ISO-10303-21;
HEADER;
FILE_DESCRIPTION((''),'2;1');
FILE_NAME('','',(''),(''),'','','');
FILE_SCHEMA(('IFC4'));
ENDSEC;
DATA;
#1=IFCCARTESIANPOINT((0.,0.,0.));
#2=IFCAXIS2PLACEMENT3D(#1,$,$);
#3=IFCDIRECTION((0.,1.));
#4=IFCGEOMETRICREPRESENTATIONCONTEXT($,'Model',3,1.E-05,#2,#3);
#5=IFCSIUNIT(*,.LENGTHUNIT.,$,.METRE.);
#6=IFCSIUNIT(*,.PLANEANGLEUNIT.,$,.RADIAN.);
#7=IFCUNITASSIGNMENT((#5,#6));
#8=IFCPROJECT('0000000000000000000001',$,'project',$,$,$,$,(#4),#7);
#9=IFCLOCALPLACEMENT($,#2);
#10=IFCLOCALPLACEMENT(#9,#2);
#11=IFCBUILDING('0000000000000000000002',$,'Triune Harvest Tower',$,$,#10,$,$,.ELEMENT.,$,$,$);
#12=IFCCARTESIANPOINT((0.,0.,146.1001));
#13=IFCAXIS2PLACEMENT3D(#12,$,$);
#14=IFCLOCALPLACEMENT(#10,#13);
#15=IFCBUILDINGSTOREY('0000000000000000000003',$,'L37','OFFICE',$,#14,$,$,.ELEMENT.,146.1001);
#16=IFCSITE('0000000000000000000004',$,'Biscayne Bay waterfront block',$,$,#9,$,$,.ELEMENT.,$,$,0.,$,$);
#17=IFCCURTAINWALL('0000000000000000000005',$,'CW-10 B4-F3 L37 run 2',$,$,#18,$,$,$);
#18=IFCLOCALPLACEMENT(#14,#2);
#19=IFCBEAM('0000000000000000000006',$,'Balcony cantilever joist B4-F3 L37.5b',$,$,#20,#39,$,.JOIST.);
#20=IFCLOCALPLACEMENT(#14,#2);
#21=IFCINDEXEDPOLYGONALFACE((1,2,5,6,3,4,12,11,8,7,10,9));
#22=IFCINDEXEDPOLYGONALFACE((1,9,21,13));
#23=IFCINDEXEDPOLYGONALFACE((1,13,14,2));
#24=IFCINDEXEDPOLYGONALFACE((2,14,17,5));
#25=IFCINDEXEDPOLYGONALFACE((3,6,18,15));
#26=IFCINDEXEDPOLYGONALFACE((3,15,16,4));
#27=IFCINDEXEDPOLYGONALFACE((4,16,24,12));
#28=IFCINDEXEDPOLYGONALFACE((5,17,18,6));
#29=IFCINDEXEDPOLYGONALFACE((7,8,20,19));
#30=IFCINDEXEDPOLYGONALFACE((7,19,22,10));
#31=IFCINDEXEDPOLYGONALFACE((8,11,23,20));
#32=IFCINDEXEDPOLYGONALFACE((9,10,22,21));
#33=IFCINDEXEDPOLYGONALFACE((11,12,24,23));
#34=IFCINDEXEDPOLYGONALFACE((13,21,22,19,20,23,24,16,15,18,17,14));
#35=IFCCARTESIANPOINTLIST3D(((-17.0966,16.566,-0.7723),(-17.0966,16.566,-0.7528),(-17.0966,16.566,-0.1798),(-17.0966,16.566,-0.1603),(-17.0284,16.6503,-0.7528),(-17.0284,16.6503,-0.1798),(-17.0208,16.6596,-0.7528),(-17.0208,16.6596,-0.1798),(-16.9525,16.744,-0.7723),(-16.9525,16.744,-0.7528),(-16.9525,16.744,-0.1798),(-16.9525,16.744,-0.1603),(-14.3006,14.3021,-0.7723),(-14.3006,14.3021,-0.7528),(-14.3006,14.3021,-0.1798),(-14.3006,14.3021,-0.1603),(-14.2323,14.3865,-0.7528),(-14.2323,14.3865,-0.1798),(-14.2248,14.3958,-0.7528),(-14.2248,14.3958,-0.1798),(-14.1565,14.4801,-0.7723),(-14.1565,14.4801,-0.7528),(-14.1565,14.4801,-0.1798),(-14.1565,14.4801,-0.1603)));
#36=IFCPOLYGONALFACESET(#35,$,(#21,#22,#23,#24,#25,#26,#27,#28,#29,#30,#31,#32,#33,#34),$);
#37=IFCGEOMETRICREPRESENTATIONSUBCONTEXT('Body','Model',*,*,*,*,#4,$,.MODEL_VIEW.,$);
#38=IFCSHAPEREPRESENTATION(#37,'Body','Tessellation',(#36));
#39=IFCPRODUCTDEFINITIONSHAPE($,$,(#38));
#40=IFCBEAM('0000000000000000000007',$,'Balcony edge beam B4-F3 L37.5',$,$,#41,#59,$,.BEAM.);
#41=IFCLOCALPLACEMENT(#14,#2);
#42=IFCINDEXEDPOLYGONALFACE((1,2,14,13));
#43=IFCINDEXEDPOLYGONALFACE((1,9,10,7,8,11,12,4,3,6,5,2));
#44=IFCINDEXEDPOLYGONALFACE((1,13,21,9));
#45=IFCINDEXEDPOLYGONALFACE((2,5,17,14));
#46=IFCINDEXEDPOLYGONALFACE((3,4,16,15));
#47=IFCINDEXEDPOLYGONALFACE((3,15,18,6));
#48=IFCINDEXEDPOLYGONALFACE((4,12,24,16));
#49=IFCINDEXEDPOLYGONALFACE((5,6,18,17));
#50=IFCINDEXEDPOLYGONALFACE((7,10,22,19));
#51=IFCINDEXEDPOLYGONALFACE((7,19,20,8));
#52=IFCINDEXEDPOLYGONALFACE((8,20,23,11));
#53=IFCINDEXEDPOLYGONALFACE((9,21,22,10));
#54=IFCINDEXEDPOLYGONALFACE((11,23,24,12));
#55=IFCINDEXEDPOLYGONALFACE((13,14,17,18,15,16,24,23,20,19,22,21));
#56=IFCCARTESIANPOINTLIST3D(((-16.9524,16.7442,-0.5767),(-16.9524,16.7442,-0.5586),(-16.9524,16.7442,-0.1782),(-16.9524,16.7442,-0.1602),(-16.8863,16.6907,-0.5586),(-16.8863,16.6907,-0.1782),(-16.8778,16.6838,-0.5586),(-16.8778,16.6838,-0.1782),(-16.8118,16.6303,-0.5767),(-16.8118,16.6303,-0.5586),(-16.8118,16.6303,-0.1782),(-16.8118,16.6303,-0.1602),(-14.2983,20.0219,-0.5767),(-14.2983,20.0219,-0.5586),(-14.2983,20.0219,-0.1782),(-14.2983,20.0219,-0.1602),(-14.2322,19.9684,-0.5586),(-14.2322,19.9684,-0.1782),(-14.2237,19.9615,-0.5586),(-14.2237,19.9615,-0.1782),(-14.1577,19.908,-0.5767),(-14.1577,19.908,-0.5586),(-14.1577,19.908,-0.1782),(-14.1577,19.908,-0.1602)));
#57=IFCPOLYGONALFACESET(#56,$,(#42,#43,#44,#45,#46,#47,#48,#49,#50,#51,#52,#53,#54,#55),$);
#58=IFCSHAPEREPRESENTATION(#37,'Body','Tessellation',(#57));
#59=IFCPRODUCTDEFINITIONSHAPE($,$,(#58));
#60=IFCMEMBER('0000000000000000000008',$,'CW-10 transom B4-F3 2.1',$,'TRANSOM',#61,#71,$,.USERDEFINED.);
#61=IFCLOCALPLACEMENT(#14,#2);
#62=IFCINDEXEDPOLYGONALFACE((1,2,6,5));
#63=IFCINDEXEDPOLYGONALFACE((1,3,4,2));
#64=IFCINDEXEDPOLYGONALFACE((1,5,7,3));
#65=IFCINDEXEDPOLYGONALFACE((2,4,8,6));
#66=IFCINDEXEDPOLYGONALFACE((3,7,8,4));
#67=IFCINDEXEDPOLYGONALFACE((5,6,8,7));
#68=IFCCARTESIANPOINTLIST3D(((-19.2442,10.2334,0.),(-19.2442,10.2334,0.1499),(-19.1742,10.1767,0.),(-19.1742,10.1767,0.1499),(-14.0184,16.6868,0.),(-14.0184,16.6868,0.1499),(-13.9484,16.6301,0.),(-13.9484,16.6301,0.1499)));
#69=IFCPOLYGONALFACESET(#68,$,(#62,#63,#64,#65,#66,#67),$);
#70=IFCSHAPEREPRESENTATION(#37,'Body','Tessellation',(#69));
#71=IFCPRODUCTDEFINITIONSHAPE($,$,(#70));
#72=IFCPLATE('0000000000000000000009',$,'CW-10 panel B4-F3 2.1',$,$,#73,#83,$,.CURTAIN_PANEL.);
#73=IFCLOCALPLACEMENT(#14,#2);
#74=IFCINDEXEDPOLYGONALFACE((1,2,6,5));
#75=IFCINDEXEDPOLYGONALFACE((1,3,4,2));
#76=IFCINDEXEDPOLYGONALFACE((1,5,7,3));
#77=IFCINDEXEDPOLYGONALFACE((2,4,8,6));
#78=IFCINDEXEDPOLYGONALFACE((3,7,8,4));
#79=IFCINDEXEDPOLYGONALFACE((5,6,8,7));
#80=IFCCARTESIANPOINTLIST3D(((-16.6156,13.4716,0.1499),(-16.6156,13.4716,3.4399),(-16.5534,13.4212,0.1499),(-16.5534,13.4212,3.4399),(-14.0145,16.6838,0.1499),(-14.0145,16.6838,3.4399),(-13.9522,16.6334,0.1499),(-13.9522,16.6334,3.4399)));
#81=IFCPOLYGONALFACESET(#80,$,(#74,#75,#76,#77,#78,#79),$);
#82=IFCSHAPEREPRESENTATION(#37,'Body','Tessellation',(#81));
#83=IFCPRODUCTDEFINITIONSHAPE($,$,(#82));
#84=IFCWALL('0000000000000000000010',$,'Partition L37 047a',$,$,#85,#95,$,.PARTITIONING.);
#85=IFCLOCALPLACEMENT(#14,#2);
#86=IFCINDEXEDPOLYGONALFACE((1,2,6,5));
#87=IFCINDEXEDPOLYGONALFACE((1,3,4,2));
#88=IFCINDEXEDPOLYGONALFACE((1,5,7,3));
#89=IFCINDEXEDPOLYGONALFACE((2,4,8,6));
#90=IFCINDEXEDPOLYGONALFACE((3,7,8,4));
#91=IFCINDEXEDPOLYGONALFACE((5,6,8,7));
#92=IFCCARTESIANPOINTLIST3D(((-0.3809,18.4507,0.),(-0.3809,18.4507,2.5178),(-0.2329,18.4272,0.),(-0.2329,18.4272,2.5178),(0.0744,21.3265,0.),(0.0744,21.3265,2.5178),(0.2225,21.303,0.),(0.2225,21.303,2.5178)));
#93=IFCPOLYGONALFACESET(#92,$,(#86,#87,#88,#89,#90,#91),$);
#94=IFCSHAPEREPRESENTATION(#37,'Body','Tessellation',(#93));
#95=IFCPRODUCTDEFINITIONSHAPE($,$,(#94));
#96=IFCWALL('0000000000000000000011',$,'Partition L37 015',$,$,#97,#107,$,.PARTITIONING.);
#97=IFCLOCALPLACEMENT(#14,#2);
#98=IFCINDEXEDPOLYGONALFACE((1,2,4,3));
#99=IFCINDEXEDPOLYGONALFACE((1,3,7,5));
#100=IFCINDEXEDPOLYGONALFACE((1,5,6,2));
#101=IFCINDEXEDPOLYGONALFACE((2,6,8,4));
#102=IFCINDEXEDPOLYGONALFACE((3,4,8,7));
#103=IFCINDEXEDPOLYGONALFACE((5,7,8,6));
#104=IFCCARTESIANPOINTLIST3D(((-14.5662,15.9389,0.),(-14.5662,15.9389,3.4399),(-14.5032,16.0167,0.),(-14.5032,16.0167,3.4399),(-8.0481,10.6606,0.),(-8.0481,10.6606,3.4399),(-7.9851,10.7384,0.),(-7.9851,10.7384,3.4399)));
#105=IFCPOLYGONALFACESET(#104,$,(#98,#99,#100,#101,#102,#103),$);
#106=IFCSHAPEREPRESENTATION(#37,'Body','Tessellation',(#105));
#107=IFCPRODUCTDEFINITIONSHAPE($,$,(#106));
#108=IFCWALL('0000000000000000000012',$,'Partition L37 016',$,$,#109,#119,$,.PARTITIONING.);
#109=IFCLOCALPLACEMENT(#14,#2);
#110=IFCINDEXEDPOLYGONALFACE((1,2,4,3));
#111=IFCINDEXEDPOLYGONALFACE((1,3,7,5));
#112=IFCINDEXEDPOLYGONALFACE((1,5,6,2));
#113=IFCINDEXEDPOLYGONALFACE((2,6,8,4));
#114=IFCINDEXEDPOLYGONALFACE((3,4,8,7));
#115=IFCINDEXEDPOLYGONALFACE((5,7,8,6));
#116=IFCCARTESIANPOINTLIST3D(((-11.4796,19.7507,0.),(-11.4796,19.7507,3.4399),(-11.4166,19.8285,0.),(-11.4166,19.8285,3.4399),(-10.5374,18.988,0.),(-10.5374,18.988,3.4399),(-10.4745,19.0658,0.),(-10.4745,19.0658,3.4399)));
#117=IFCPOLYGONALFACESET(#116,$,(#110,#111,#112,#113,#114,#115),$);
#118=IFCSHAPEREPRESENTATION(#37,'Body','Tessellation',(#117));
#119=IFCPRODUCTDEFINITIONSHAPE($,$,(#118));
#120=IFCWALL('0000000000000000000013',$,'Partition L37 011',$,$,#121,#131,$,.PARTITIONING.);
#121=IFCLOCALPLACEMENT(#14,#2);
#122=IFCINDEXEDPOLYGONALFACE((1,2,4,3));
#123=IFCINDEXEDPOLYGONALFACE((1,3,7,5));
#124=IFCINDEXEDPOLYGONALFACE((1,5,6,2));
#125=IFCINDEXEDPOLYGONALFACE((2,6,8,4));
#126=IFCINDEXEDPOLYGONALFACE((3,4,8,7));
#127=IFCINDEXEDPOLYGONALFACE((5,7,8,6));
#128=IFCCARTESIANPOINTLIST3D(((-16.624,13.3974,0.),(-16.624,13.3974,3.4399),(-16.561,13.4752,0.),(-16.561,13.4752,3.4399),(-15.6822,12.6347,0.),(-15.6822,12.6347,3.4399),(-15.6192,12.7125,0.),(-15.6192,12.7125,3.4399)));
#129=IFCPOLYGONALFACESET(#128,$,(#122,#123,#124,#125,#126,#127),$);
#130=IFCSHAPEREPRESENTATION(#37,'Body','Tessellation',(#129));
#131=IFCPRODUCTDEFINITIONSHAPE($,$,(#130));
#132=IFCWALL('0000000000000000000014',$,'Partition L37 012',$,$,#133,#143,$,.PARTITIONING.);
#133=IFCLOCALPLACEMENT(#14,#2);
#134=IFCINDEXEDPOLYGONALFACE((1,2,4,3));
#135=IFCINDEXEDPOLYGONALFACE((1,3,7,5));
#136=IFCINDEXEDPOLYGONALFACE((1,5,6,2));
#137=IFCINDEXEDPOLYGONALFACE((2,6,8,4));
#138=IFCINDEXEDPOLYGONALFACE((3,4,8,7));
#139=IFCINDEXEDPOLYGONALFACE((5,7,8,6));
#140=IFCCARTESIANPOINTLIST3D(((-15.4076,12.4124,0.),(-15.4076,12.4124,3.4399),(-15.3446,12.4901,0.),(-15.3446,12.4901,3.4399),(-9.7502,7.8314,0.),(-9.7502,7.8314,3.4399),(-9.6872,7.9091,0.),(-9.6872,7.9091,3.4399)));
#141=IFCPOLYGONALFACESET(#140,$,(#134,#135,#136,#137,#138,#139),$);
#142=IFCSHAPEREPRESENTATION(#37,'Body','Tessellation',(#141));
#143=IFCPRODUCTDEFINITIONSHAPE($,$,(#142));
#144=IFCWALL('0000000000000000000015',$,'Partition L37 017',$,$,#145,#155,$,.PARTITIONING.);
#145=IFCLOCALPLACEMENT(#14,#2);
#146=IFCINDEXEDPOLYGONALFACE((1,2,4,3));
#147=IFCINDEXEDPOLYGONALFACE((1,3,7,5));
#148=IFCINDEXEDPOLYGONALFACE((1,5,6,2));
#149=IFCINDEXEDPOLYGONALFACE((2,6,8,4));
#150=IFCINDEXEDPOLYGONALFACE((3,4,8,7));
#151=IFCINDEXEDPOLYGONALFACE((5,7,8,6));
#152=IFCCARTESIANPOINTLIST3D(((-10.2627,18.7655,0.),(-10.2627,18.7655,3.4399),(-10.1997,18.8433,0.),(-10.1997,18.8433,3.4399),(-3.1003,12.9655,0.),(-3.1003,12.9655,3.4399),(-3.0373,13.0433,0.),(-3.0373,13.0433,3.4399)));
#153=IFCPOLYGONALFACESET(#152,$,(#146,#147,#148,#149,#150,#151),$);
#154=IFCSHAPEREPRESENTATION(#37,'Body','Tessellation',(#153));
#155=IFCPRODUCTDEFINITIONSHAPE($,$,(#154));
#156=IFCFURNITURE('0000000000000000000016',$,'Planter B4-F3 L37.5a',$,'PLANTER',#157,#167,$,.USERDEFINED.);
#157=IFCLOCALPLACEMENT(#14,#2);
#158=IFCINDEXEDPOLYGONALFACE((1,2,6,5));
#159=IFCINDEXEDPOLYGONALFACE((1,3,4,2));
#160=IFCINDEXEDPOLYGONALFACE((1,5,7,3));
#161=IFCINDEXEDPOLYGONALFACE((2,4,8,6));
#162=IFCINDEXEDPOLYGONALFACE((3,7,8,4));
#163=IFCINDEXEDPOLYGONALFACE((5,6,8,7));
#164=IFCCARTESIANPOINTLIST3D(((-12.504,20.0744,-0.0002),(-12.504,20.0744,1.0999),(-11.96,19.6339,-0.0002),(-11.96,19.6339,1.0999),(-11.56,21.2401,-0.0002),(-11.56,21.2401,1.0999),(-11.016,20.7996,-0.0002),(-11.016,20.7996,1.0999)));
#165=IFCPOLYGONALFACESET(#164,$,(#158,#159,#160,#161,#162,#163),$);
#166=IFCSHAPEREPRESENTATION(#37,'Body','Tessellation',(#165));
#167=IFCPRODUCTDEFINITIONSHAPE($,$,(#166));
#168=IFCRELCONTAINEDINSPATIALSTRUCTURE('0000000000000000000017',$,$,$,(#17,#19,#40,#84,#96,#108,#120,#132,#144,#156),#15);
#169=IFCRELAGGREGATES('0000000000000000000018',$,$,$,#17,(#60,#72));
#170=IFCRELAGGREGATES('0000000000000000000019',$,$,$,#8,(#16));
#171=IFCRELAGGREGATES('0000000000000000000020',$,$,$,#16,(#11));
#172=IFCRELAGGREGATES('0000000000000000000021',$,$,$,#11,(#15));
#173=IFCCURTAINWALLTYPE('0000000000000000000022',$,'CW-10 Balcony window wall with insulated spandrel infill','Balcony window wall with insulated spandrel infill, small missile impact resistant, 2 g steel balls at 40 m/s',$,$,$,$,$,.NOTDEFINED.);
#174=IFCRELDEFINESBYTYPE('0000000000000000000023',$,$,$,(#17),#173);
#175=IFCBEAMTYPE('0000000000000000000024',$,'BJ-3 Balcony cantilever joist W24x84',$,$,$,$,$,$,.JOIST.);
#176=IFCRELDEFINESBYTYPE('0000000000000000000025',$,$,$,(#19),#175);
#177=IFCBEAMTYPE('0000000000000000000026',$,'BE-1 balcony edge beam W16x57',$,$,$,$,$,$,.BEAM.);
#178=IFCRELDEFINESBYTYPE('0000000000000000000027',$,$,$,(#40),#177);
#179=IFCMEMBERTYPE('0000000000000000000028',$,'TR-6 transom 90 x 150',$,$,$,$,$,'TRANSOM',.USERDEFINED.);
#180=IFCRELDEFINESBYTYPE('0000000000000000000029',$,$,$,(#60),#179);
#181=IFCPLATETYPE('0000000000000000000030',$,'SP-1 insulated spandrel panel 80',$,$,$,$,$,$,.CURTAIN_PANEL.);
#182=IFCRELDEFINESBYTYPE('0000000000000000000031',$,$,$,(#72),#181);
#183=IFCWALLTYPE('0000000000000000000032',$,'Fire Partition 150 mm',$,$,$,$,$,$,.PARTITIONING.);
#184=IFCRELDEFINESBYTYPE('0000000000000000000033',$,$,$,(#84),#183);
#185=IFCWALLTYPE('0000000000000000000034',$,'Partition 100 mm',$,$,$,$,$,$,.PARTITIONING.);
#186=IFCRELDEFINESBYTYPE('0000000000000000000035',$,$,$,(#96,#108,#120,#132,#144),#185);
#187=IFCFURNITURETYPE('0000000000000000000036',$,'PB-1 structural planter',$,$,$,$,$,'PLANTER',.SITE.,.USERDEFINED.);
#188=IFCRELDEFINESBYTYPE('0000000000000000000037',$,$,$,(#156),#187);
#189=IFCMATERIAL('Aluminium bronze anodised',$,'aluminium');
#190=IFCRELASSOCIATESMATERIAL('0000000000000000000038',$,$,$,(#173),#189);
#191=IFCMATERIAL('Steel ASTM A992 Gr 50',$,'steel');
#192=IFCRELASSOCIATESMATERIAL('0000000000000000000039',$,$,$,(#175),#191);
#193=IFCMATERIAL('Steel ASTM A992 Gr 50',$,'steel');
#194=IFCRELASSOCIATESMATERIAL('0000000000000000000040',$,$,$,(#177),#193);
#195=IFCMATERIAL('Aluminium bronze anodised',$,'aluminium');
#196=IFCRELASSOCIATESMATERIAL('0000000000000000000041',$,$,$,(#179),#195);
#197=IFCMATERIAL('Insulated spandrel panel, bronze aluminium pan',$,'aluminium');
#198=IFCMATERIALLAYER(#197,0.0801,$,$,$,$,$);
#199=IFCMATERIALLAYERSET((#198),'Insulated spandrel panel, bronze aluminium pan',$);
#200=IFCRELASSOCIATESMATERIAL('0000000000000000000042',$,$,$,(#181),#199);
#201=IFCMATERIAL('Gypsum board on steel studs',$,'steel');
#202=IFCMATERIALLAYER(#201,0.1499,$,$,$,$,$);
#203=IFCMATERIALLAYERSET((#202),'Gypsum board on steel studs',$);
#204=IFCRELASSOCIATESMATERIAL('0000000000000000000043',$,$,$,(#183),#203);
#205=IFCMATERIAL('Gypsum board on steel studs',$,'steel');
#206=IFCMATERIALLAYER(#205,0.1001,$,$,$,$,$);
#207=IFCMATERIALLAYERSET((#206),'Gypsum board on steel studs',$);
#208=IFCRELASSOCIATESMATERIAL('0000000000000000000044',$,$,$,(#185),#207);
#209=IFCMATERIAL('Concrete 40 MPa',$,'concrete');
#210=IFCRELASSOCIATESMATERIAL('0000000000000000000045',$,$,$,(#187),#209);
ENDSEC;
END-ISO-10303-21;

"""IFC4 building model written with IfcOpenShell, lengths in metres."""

from ifc_helpers import new_model, si_unit, direction, frame, frame_2d, origin, origin_2d, place, context, subcontext, project, spatial, rectangle, i_section, extrude, source, transform, mapped, material, layer, layer_set, material_profile, profile_set, type_object, element, aggregate, save


model = new_model("IFC4")

# Units and contexts
model_context = context("Model", 3, precision=1e-05, world=origin(), true_north=direction((0.0, 1.0)))
body_context = subcontext(model_context, "Body", "Model", "MODEL_VIEW")
ifc_project = project(units=[si_unit("LENGTHUNIT", "METRE"), si_unit("PLANEANGLEUNIT", "RADIAN")], contexts=[model_context])

# Site, building, storey
site_placement = place(None, origin())
site = spatial("IfcSite", under=ifc_project, at=site_placement, Name="Biscayne Bay waterfront block", CompositionType="ELEMENT", RefElevation=0.0)
building_placement = place(site_placement, origin())
building = spatial("IfcBuilding", under=site, at=building_placement, Name="Triune Harvest Tower", CompositionType="ELEMENT")
storey_placement = place(building_placement, frame((0.0, 0.0, 146.1001)))
storey = spatial("IfcBuildingStorey", under=building, at=storey_placement, Name="L37", Description="OFFICE", CompositionType="ELEMENT", Elevation=146.1001)

# Curtain wall
ifc_material_1 = material(Name="Aluminium bronze anodised", Category="aluminium")
curtain_wall_type = type_object("IfcCurtainWallType", Name="CW-10 Balcony window wall with insulated spandrel infill", Description="Balcony window wall with insulated spandrel infill, small missile impact resistant, 2 g steel balls at 40 m/s", PredefinedType="NOTDEFINED", material=ifc_material_1)
curtain_wall_1_placement = place(storey_placement, origin())
curtain_wall_1 = element("IfcCurtainWall", 1, at=curtain_wall_1_placement, inside=storey, type_object=curtain_wall_type, Name="CW-10 B4-F3 L37 run 2")

# Beams
ifc_material_2 = material(Name="Steel ASTM A992 Gr 50", Category="steel")
ifc_material_profile_1 = material_profile(ifc_material_2, i_section(OverallWidth=0.229, OverallDepth=0.6121, WebThickness=0.012, FlangeThickness=0.0195, at=origin_2d()), Name="W24x84")
ifc_profile_set_1 = profile_set([ifc_material_profile_1], Name="Steel ASTM A992 Gr 50")
beam_type_1 = type_object("IfcBeamType", Name="BJ-3 Balcony cantilever joist W24x84", PredefinedType="JOIST", material=ifc_profile_set_1)
shared_shape_1 = source(origin(), body_context, "Body", "SweptSolid", [
    extrude(i_section(OverallWidth=0.229, OverallDepth=0.6121, WebThickness=0.012, FlangeThickness=0.0195, at=origin_2d()), origin(), (0.0, 0.0, 1.0), 3.5977),
])
beam_1_placement = place(storey_placement, frame((-14.2285, 14.3911, -0.4663), z_axis=(-0.777194, 0.629261, 0.0), x_axis=(-0.629261, -0.777194, 0.0)))
element("IfcBeam", 2, at=beam_1_placement, inside=storey, type_object=beam_type_1, Name="Balcony cantilever joist B4-F3 L37.5b", PredefinedType="JOIST", context=body_context, shape_type="MappedRepresentation", body=[
    mapped(shared_shape_1, transform((0.0, 0.0, 0.0), scale=1.0)),
])
ifc_material_3 = material(Name="Steel ASTM A992 Gr 50", Category="steel")
ifc_material_profile_2 = material_profile(ifc_material_3, i_section(OverallWidth=0.1809, OverallDepth=0.4165, WebThickness=0.011, FlangeThickness=0.0181, at=origin_2d()), Name="W16x57")
ifc_profile_set_2 = profile_set([ifc_material_profile_2], Name="Steel ASTM A992 Gr 50")
beam_type_2 = type_object("IfcBeamType", Name="BE-1 balcony edge beam W16x57", PredefinedType="BEAM", material=ifc_profile_set_2)
shared_shape_2 = source(origin(), body_context, "Body", "SweptSolid", [
    extrude(i_section(OverallWidth=0.1809, OverallDepth=0.4165, WebThickness=0.011, FlangeThickness=0.0181, at=origin_2d()), origin(), (0.0, 0.0, 1.0), 4.2175),
])
beam_2_placement = place(storey_placement, frame((-16.8821, 16.6873, -0.3684), z_axis=(0.629308, 0.777156, 0.0), x_axis=(-0.777156, 0.629308, 0.0)))
element("IfcBeam", 3, at=beam_2_placement, inside=storey, type_object=beam_type_2, Name="Balcony edge beam B4-F3 L37.5", PredefinedType="BEAM", context=body_context, shape_type="MappedRepresentation", body=[
    mapped(shared_shape_2, transform((0.0, 0.0, 0.0), scale=1.0)),
])

# Member
ifc_material_4 = material(Name="Aluminium bronze anodised", Category="aluminium")
ifc_material_profile_3 = material_profile(ifc_material_4, rectangle(XDim=0.0901, YDim=0.1499, at=origin_2d()), Name="TR-6 transom 90 x 150")
ifc_profile_set_3 = profile_set([ifc_material_profile_3], Name="Aluminium bronze anodised")
member_type_1 = type_object("IfcMemberType", Name="TR-6 transom 90 x 150", ElementType="TRANSOM", PredefinedType="USERDEFINED", material=ifc_profile_set_3)
shared_shape_3 = source(origin(), body_context, "Body", "SweptSolid", [
    extrude(rectangle(XDim=0.0901, YDim=0.1499, at=origin_2d()), origin(), (0.0, 0.0, 1.0), 8.304),
])
member_1_placement = place(storey_placement, frame((-13.9834, 16.6584, 0.075), z_axis=(-0.62932, -0.777146, 0.0), x_axis=(0.777146, -0.62932, 0.0)))
member_1 = element("IfcMember", 4, at=member_1_placement, type_object=member_type_1, Name="CW-10 transom B4-F3 2.1", ObjectType="TRANSOM", PredefinedType="USERDEFINED", context=body_context, shape_type="MappedRepresentation", body=[
    mapped(shared_shape_3, transform((0.0, 0.0, 0.0), scale=1.0)),
])

# Plate
ifc_material_5 = material(Name="Insulated spandrel panel, bronze aluminium pan", Category="aluminium")
ifc_layer_1 = layer(ifc_material_5, 0.0801)
ifc_layer_set_1 = layer_set([ifc_layer_1], Name="Insulated spandrel panel, bronze aluminium pan")
plate_type = type_object("IfcPlateType", Name="SP-1 insulated spandrel panel 80", PredefinedType="CURTAIN_PANEL", material=ifc_layer_set_1)
shared_shape_4 = source(origin(), body_context, "Body", "SweptSolid", [
    extrude(rectangle(XDim=4.1333, YDim=0.0801, at=origin_2d()), origin(), (0.0, 0.0, 1.0), 3.29),
])
plate_placement = place(storey_placement, frame((-15.2839, 15.0525, 0.1499), z_axis=(0.0, 0.0, 1.0), x_axis=(-0.629322, -0.777145, 0.0)))
plate = element("IfcPlate", 5, at=plate_placement, type_object=plate_type, Name="CW-10 panel B4-F3 2.1", PredefinedType="CURTAIN_PANEL", context=body_context, shape_type="MappedRepresentation", body=[
    mapped(shared_shape_4, transform((0.0, 0.0, 0.0), scale=1.0)),
])
aggregate(curtain_wall_1, [member_1, plate])

# Walls
ifc_material_6 = material(Name="Gypsum board on steel studs", Category="steel")
ifc_layer_2 = layer(ifc_material_6, 0.1499)
ifc_layer_set_2 = layer_set([ifc_layer_2], Name="Gypsum board on steel studs")
wall_type_1 = type_object("IfcWallType", Name="Fire Partition 150 mm", PredefinedType="PARTITIONING", material=ifc_layer_set_2)
wall_1_placement = place(storey_placement, frame((-0.3069, 18.439, 0.0), z_axis=(0.0, 0.0, 1.0), x_axis=(0.156385, 0.987696, 0.0)))
element("IfcWall", 6, at=wall_1_placement, inside=storey, type_object=wall_type_1, Name="Partition L37 047a", PredefinedType="PARTITIONING", context=body_context, shape_type="SweptSolid", body=[
    extrude(rectangle(XDim=2.9116, YDim=0.1499, at=frame_2d((1.4558, 0.0))), origin(), (0.0, 0.0, 1.0), 2.5178),
])
ifc_material_7 = material(Name="Gypsum board on steel studs", Category="steel")
ifc_layer_3 = layer(ifc_material_7, 0.1001)
ifc_layer_set_3 = layer_set([ifc_layer_3], Name="Gypsum board on steel studs")
wall_type_2 = type_object("IfcWallType", Name="Partition 100 mm", PredefinedType="PARTITIONING", material=ifc_layer_set_3)
wall_2_placement = place(storey_placement, frame((-14.5347, 15.9778, 0.0), z_axis=(0.0, 0.0, 1.0), x_axis=(0.77714, -0.629327, 0.0)))
element("IfcWall", 7, at=wall_2_placement, inside=storey, type_object=wall_type_2, Name="Partition L37 015", PredefinedType="PARTITIONING", context=body_context, shape_type="SweptSolid", body=[
    extrude(rectangle(XDim=8.3872, YDim=0.1001, at=frame_2d((4.1936, 0.0))), origin(), (0.0, 0.0, 1.0), 3.4399),
])

# Walls
shared_shape_5 = source(origin(), body_context, "Body", "SweptSolid", [
    extrude(rectangle(XDim=1.2122, YDim=0.1001, at=frame_2d((0.606, 0.0))), origin(), (0.0, 0.0, 1.0), 3.4399),
])
wall_3_placement = place(storey_placement, frame((-11.448, 19.7896, 0.0), z_axis=(0.0, 0.0, 1.0), x_axis=(0.77724, -0.629204, 0.0)))
element("IfcWall", 8, at=wall_3_placement, inside=storey, type_object=wall_type_2, Name="Partition L37 016", PredefinedType="PARTITIONING", context=body_context, shape_type="MappedRepresentation", body=[
    mapped(shared_shape_5, transform((0.0, 0.0, 0.0), scale=1.0)),
])
shared_shape_6 = source(origin(), body_context, "Body", "SweptSolid", [
    extrude(rectangle(XDim=1.2119, YDim=0.1001, at=frame_2d((0.606, 0.0))), origin(), (0.0, 0.0, 1.0), 3.4399),
])
wall_4_placement = place(storey_placement, frame((-16.5925, 13.4363, 0.0), z_axis=(0.0, 0.0, 1.0), x_axis=(0.77716, -0.629303, 0.0)))
element("IfcWall", 9, at=wall_4_placement, inside=storey, type_object=wall_type_2, Name="Partition L37 011", PredefinedType="PARTITIONING", context=body_context, shape_type="MappedRepresentation", body=[
    mapped(shared_shape_6, transform((0.0, 0.0, 0.0), scale=1.0)),
])
shared_shape_7 = source(origin(), body_context, "Body", "SweptSolid", [
    extrude(rectangle(XDim=7.2795, YDim=0.1001, at=frame_2d((3.6396, 0.0))), origin(), (0.0, 0.0, 1.0), 3.4399),
])
wall_5_placement = place(storey_placement, frame((-15.376, 12.4512, 0.0), z_axis=(0.0, 0.0, 1.0), x_axis=(0.777164, -0.629298, 0.0)))
element("IfcWall", 10, at=wall_5_placement, inside=storey, type_object=wall_type_2, Name="Partition L37 012", PredefinedType="PARTITIONING", context=body_context, shape_type="MappedRepresentation", body=[
    mapped(shared_shape_7, transform((0.0, 0.0, 0.0), scale=1.0)),
])
shared_shape_8 = source(origin(), body_context, "Body", "SweptSolid", [
    extrude(rectangle(XDim=9.2163, YDim=0.1001, at=frame_2d((4.6082, 0.0))), origin(), (0.0, 0.0, 1.0), 3.4399),
])
wall_6_placement = place(storey_placement, frame((-10.2312, 18.8044, 0.0), z_axis=(0.0, 0.0, 1.0), x_axis=(0.777141, -0.629326, 0.0)))
element("IfcWall", 11, at=wall_6_placement, inside=storey, type_object=wall_type_2, Name="Partition L37 017", PredefinedType="PARTITIONING", context=body_context, shape_type="MappedRepresentation", body=[
    mapped(shared_shape_8, transform((0.0, 0.0, 0.0), scale=1.0)),
])

# Furniture
ifc_material_8 = material(Name="Concrete 40 MPa", Category="concrete")
furniture_type = type_object("IfcFurnitureType", Name="PB-1 structural planter", ElementType="PLANTER", AssemblyPlace="SITE", PredefinedType="USERDEFINED", material=ifc_material_8)
shared_shape_9 = source(origin(), body_context, "Body", "SweptSolid", [
    extrude(rectangle(XDim=1.5, YDim=0.7, at=origin_2d()), origin(), (0.0, 0.0, 1.0), 1.1001),
])
furniture_placement = place(storey_placement, frame((-11.76, 20.437, -0.0002), z_axis=(0.0, 0.0, 1.0), x_axis=(-0.629321, -0.777145, 0.0)))
element("IfcFurniture", 12, at=furniture_placement, inside=storey, type_object=furniture_type, Name="Planter B4-F3 L37.5a", ObjectType="PLANTER", PredefinedType="USERDEFINED", context=body_context, shape_type="MappedRepresentation", body=[
    mapped(shared_shape_9, transform((0.0, 0.0, 0.0), scale=1.0)),
])

save(model, "model.ifc")
